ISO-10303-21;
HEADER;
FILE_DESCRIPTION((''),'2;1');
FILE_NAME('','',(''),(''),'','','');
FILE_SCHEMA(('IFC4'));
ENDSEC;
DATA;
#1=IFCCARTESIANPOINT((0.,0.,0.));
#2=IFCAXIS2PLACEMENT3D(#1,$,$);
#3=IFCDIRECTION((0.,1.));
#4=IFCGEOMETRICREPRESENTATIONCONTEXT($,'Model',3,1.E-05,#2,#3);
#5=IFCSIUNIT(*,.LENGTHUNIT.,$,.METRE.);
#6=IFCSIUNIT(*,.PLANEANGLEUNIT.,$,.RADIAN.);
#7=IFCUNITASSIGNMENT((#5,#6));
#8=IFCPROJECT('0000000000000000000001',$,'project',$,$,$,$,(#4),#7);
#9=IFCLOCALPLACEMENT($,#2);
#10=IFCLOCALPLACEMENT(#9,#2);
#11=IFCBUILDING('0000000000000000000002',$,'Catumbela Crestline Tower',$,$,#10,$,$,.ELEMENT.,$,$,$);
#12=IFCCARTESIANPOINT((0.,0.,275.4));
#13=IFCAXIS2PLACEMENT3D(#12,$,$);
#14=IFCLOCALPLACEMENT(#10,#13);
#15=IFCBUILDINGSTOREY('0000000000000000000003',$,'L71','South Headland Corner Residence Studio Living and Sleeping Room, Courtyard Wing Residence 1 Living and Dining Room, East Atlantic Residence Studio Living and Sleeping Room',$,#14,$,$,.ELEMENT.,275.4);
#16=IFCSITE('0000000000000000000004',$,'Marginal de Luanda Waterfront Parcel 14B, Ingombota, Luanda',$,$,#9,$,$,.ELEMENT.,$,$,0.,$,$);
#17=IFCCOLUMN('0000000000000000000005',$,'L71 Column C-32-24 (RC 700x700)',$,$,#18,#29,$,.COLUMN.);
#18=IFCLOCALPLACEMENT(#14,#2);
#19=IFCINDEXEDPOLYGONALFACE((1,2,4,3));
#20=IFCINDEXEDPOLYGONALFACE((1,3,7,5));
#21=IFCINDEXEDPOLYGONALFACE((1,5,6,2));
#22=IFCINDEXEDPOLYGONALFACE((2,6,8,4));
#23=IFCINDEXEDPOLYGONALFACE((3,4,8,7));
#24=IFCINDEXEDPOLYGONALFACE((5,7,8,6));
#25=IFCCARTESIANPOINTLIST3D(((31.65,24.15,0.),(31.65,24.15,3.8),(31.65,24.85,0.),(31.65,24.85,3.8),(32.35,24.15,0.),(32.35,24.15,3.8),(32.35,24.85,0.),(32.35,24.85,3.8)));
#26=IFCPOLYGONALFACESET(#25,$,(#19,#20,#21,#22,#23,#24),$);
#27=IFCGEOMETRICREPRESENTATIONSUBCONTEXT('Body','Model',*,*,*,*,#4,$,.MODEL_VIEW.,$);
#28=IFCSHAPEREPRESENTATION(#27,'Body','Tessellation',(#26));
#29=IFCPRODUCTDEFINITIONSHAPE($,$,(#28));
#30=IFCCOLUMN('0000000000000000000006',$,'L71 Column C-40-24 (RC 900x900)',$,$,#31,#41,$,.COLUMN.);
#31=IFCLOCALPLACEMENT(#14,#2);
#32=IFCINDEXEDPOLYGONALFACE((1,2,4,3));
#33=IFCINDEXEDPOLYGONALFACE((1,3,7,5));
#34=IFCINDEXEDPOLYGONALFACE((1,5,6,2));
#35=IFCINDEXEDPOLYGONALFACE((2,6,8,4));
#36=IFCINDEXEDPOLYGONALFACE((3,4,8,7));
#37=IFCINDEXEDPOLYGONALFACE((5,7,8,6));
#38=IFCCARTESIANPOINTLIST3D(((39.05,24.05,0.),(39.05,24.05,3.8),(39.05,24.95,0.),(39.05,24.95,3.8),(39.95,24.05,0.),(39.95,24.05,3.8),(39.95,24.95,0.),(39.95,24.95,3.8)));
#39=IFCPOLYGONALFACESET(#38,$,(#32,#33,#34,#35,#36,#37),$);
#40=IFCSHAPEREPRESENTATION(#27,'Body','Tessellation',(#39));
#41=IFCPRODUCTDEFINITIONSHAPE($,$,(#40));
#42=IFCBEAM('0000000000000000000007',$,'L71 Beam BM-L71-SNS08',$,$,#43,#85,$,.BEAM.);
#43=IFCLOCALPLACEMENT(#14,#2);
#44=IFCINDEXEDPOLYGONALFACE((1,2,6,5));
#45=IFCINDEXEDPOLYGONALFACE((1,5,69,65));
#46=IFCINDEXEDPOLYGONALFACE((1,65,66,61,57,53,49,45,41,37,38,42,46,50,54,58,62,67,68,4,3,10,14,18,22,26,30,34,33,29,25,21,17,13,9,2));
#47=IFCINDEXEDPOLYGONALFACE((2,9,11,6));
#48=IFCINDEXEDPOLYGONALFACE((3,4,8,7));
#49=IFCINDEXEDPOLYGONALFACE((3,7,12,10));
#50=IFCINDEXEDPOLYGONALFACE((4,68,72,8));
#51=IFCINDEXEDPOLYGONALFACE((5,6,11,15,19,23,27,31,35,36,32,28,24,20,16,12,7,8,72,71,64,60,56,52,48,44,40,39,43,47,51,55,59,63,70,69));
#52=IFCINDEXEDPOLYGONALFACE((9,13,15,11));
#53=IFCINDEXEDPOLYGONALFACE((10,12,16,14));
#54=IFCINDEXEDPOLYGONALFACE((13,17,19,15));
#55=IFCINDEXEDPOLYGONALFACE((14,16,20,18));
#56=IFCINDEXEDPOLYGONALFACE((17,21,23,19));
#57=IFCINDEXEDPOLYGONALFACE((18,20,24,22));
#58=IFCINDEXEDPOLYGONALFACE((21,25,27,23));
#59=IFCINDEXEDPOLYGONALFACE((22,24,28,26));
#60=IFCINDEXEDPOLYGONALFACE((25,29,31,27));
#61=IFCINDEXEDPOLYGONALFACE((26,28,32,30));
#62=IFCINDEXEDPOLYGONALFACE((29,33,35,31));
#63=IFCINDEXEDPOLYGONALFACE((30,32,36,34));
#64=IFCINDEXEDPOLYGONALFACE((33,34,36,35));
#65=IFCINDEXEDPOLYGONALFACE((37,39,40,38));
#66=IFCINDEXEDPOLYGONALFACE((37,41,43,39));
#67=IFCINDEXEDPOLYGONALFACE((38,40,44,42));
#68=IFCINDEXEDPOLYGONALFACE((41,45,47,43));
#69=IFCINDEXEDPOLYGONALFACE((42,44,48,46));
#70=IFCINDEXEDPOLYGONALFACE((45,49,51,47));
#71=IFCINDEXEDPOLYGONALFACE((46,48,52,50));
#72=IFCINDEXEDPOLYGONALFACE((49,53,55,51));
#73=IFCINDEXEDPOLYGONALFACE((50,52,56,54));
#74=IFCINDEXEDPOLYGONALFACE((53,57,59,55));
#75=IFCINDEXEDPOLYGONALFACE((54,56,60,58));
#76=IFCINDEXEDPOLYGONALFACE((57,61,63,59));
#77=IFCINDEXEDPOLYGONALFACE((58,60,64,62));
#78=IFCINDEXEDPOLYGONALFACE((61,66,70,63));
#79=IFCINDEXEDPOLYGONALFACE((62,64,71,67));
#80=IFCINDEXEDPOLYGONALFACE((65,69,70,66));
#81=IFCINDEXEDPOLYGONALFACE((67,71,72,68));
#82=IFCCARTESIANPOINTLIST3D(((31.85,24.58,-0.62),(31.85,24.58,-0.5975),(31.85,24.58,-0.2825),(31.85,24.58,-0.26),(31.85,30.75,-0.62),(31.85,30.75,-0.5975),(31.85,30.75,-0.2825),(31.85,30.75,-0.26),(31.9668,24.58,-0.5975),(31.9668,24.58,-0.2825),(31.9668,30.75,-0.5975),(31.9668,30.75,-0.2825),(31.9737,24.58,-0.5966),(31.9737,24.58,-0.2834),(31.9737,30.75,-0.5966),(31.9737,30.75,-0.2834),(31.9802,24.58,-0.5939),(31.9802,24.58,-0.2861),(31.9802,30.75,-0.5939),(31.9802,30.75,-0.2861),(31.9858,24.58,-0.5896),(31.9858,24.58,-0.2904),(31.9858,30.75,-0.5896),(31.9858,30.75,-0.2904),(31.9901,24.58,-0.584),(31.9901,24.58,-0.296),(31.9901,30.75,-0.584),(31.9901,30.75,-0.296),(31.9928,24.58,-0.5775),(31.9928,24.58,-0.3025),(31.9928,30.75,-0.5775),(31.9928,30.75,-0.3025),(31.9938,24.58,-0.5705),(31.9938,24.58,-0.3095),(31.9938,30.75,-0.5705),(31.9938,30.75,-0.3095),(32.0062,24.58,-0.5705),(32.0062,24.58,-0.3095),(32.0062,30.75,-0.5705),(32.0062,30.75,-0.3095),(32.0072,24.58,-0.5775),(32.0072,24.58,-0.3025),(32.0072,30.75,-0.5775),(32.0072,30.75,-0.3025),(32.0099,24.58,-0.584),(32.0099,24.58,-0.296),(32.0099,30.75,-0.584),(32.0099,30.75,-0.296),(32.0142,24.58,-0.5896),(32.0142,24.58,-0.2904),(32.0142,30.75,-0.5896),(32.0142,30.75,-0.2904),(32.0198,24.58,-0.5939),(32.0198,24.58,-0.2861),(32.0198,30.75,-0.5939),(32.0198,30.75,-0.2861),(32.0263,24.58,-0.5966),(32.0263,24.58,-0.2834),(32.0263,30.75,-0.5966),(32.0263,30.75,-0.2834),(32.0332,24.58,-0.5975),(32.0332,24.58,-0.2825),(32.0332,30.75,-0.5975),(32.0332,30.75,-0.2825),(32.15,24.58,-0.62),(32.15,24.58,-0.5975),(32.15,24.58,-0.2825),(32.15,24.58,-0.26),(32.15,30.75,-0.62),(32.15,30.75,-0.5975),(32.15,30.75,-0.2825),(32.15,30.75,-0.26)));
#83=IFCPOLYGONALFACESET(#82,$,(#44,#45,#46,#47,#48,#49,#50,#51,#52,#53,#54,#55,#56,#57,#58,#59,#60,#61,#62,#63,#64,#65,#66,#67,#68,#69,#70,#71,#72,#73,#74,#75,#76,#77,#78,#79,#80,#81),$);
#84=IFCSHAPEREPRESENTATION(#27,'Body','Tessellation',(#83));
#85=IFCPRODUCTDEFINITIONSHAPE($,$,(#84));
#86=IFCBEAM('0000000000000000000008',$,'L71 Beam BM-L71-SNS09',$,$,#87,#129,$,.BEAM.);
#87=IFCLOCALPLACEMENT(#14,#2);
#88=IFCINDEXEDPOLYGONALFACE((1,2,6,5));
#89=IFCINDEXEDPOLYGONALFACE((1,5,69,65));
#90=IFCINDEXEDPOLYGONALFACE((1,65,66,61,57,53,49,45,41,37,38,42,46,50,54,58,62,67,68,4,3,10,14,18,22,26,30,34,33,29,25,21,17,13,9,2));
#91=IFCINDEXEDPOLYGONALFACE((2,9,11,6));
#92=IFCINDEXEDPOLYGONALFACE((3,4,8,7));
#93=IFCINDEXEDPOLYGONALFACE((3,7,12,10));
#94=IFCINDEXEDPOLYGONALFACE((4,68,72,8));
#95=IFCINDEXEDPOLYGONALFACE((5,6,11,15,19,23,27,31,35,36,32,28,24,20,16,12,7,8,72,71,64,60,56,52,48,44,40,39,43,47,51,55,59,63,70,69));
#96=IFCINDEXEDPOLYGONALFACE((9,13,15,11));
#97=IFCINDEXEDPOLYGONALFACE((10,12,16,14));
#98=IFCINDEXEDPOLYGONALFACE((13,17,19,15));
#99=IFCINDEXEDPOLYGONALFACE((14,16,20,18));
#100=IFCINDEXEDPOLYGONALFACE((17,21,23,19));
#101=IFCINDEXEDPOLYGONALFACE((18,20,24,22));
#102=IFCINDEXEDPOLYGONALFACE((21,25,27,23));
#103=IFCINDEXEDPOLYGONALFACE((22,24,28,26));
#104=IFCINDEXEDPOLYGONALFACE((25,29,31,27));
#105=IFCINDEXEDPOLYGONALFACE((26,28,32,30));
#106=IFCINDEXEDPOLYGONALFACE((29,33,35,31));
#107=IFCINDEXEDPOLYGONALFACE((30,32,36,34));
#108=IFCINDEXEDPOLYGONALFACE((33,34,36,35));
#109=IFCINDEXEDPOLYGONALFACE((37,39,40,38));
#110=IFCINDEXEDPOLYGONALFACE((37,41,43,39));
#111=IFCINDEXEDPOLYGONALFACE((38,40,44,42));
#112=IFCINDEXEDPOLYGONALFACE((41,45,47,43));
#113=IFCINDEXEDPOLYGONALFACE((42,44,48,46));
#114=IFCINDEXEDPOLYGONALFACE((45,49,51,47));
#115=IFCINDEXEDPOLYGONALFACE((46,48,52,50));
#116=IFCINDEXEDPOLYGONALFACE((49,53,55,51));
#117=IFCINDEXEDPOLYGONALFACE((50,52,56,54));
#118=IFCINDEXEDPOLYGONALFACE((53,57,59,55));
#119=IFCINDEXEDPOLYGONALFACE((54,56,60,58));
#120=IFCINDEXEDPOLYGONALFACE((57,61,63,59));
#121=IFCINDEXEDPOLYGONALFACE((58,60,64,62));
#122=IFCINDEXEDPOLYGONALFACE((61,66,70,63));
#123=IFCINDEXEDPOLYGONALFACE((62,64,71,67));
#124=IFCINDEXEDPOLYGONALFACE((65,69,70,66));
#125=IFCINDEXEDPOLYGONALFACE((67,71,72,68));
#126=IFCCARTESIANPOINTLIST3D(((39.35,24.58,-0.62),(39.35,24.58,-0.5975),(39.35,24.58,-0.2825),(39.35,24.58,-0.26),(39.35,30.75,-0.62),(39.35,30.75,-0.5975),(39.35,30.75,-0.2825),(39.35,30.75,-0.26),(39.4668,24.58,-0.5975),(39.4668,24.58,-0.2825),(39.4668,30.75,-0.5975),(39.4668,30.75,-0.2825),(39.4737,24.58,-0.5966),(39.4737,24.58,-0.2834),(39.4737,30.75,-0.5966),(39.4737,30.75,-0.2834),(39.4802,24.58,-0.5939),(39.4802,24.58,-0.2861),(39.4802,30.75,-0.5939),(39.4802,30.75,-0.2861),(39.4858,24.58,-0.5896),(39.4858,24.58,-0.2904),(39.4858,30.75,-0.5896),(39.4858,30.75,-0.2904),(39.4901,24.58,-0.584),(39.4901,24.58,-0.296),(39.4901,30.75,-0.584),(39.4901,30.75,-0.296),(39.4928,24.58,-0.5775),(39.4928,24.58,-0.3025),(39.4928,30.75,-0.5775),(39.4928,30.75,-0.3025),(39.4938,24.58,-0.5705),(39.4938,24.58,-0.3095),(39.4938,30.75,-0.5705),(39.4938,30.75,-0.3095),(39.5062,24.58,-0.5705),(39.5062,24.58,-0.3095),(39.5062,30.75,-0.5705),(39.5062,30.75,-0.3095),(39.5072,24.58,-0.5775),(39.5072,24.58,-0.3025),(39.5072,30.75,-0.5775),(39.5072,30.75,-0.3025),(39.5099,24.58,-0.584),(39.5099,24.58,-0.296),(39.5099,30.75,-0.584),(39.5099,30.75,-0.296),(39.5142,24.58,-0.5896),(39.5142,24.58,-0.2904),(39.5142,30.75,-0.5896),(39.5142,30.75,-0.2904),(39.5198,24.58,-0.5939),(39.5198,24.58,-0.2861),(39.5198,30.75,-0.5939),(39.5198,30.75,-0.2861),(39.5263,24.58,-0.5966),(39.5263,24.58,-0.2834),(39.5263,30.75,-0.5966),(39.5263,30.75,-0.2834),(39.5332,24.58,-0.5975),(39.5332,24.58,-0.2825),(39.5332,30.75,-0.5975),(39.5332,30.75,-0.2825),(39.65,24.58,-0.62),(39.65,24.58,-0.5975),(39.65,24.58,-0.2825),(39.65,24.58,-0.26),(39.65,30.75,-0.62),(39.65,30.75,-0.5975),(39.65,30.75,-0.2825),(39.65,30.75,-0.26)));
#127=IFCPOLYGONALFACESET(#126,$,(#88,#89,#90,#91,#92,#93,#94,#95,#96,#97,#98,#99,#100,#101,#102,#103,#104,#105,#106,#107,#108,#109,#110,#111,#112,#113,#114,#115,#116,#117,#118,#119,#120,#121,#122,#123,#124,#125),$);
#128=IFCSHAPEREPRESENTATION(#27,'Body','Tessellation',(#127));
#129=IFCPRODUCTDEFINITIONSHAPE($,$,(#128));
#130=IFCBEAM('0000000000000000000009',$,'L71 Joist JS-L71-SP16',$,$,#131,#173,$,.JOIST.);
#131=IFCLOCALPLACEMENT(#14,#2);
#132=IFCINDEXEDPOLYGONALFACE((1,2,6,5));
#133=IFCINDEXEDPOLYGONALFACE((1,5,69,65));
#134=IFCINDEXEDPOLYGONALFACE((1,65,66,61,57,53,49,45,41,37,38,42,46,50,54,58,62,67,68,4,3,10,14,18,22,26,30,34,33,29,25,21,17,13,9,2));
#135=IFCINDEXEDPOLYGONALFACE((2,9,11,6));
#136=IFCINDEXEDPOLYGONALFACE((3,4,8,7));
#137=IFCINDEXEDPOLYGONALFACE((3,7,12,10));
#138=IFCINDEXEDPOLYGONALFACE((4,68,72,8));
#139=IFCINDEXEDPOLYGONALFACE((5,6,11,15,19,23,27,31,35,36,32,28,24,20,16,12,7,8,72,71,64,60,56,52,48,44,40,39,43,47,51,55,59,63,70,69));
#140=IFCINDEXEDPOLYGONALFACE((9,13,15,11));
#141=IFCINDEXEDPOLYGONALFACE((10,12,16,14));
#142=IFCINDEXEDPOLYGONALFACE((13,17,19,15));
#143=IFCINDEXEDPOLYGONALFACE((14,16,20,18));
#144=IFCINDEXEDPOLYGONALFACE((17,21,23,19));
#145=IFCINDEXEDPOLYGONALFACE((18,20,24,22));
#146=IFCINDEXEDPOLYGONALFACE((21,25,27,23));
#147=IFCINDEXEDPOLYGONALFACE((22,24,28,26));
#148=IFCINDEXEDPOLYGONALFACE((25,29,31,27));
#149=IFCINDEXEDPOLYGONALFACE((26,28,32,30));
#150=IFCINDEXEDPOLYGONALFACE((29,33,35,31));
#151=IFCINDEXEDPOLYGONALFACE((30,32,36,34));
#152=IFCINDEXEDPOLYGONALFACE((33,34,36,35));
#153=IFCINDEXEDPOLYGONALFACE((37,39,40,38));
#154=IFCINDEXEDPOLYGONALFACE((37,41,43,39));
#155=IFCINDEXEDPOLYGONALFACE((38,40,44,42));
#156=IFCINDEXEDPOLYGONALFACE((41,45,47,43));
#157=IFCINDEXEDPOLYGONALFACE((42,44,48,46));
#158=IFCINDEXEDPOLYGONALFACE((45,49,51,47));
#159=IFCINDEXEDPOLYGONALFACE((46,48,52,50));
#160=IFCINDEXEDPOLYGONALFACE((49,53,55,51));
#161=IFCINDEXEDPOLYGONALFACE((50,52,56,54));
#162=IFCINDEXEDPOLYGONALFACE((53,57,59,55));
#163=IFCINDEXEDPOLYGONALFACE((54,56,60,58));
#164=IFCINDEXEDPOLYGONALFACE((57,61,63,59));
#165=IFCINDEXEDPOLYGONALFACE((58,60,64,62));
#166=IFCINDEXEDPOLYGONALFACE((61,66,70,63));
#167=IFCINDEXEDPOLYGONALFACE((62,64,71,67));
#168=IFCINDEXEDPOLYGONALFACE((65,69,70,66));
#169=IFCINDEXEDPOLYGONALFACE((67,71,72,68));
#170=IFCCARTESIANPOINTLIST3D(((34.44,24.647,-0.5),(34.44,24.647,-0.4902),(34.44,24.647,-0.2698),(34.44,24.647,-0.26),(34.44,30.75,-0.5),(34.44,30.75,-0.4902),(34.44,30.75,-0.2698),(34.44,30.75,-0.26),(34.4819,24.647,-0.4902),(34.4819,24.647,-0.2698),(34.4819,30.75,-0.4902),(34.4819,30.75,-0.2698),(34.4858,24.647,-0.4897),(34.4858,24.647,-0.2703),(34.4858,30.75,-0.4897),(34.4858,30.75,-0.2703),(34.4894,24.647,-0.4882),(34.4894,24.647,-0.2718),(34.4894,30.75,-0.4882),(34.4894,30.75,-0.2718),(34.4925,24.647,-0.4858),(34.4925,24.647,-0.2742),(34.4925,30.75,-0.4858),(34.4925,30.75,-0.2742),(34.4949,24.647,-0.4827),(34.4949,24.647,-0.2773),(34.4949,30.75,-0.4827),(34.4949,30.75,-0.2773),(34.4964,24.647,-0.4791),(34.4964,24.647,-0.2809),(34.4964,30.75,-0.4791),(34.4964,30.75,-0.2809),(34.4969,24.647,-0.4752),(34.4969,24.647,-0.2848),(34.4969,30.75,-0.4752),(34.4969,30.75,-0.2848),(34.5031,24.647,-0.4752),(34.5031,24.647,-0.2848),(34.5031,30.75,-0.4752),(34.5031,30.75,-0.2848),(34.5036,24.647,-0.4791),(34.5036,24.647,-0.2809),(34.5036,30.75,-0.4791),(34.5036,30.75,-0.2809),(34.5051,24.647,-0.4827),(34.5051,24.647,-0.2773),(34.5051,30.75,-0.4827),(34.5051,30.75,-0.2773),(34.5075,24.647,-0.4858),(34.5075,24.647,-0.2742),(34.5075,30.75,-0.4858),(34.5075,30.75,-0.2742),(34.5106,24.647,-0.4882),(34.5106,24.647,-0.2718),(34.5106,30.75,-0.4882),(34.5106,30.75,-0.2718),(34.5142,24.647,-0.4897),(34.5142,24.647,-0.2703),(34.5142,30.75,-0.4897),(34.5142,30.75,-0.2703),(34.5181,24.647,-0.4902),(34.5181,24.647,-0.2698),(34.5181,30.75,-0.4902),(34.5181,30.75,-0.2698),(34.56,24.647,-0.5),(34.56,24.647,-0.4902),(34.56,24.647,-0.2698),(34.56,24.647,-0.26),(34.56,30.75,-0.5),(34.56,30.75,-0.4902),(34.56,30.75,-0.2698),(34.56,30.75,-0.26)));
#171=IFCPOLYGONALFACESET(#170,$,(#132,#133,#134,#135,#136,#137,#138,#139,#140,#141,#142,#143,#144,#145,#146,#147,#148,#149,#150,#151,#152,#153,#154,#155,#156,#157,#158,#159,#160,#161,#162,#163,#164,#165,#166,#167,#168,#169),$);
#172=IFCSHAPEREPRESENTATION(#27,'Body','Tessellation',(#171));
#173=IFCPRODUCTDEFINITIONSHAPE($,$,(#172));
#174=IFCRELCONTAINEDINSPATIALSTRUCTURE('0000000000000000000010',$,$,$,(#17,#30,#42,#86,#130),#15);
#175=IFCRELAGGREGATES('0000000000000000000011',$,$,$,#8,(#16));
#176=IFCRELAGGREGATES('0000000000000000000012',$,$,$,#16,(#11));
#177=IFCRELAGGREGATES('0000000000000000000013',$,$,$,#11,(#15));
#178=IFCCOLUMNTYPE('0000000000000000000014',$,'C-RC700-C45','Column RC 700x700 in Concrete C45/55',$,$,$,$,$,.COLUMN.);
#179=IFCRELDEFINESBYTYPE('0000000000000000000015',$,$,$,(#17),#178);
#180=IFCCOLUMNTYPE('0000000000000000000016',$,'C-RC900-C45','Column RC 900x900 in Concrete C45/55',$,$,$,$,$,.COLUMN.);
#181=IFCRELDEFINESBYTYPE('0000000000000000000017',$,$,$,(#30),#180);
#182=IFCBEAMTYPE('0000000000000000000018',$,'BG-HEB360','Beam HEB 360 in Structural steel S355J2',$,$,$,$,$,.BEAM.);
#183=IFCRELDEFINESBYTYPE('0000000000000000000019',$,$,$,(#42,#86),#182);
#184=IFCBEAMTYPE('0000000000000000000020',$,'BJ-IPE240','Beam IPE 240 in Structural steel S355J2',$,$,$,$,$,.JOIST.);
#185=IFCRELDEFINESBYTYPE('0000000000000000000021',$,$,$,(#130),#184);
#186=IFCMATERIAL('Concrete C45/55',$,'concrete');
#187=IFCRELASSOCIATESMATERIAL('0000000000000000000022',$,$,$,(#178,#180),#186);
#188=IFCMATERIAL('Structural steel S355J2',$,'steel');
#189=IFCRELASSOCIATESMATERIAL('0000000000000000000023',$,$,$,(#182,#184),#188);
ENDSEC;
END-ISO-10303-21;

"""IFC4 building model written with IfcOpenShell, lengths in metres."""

from ifc_helpers import new_model, si_unit, direction, frame, origin, origin_2d, place, context, subcontext, project, spatial, rectangle, i_section, extrude, material, material_profile, profile_set, type_object, element, save


model = new_model("IFC4")

# Units and contexts
model_context = context("Model", 3, precision=1e-05, world=origin(), true_north=direction((0.0, 1.0)))
body_context = subcontext(model_context, "Body", "Model", "MODEL_VIEW")
ifc_project = project(units=[si_unit("LENGTHUNIT", "METRE"), si_unit("PLANEANGLEUNIT", "RADIAN")], contexts=[model_context])

# Site, building, storey
site_placement = place(None, origin())
site = spatial("IfcSite", under=ifc_project, at=site_placement, Name="Marginal de Luanda Waterfront Parcel 14B, Ingombota, Luanda", CompositionType="ELEMENT", RefElevation=0.0)
building_placement = place(site_placement, origin())
building = spatial("IfcBuilding", under=site, at=building_placement, Name="Catumbela Crestline Tower", CompositionType="ELEMENT")
storey_placement = place(building_placement, frame((0.0, 0.0, 275.4)))
storey = spatial("IfcBuildingStorey", under=building, at=storey_placement, Name="L71", Description="South Headland Corner Residence Studio Living and Sleeping Room, Courtyard Wing Residence 1 Living and Dining Room, East Atlantic Residence Studio Living and Sleeping Room", CompositionType="ELEMENT", Elevation=275.4)

# Columns
ifc_material_1 = material(Name="Concrete C45/55", Category="concrete")
ifc_material_profile_1 = material_profile(ifc_material_1, rectangle(XDim=0.7, YDim=0.7, at=origin_2d()), Name="RC 700x700")
ifc_profile_set_1 = profile_set([ifc_material_profile_1], Name="Concrete C45/55")
column_type_1 = type_object("IfcColumnType", Name="C-RC700-C45", Description="Column RC 700x700 in Concrete C45/55", PredefinedType="COLUMN", material=ifc_profile_set_1)
column_1_placement = place(storey_placement, frame((32.0, 24.5, 0.0), z_axis=(0.0, 0.0, 1.0), x_axis=(1.0, 0.0, 0.0)))
element("IfcColumn", 1, at=column_1_placement, inside=storey, type_object=column_type_1, Name="L71 Column C-32-24 (RC 700x700)", PredefinedType="COLUMN", context=body_context, shape_type="SweptSolid", body=[
    extrude(rectangle(XDim=0.7, YDim=0.7, at=origin_2d()), origin(), (0.0, 0.0, 1.0), 3.8),
])
ifc_material_profile_2 = material_profile(ifc_material_1, rectangle(XDim=0.9, YDim=0.9, at=origin_2d()), Name="RC 900x900")
ifc_profile_set_2 = profile_set([ifc_material_profile_2], Name="Concrete C45/55")
column_type_2 = type_object("IfcColumnType", Name="C-RC900-C45", Description="Column RC 900x900 in Concrete C45/55", PredefinedType="COLUMN", material=ifc_profile_set_2)
column_2_placement = place(storey_placement, frame((39.5, 24.5, 0.0), z_axis=(0.0, 0.0, 1.0), x_axis=(1.0, 0.0, 0.0)))
element("IfcColumn", 2, at=column_2_placement, inside=storey, type_object=column_type_2, Name="L71 Column C-40-24 (RC 900x900)", PredefinedType="COLUMN", context=body_context, shape_type="SweptSolid", body=[
    extrude(rectangle(XDim=0.9, YDim=0.9, at=origin_2d()), origin(), (0.0, 0.0, 1.0), 3.8),
])

# Beams
ifc_material_2 = material(Name="Structural steel S355J2", Category="steel")
ifc_material_profile_3 = material_profile(ifc_material_2, i_section(OverallWidth=0.3, OverallDepth=0.36, WebThickness=0.0125, FlangeThickness=0.0225, FilletRadius=0.027, at=origin_2d()), Name="HEB 360")
ifc_profile_set_3 = profile_set([ifc_material_profile_3], Name="Structural steel S355J2")
beam_type_1 = type_object("IfcBeamType", Name="BG-HEB360", Description="Beam HEB 360 in Structural steel S355J2", PredefinedType="BEAM", material=ifc_profile_set_3)
for number, where, z_axis, x_axis, name in (
    (3, (32.0, 24.58, -0.44), (0.0, 1.0, 0.0), (-1.0, 0.0, 0.0), "L71 Beam BM-L71-SNS08"),
    (4, (39.5, 24.58, -0.44), (0.0, 1.0, 0.0), (-1.0, 0.0, 0.0), "L71 Beam BM-L71-SNS09"),
):
    element("IfcBeam", number, at=place(storey_placement, frame(where, z_axis=z_axis, x_axis=x_axis)), inside=storey, type_object=beam_type_1, Name=name, PredefinedType="BEAM", context=body_context, shape_type="SweptSolid", body=[
        extrude(i_section(OverallWidth=0.3, OverallDepth=0.36, WebThickness=0.0125, FlangeThickness=0.0225, FilletRadius=0.027, at=origin_2d()), origin(), (0.0, 0.0, 1.0), 6.17),
    ])
ifc_material_profile_4 = material_profile(ifc_material_2, i_section(OverallWidth=0.12, OverallDepth=0.24, WebThickness=0.0062, FlangeThickness=0.0098, FilletRadius=0.015, at=origin_2d()), Name="IPE 240")
ifc_profile_set_4 = profile_set([ifc_material_profile_4], Name="Structural steel S355J2")
beam_type_2 = type_object("IfcBeamType", Name="BJ-IPE240", Description="Beam IPE 240 in Structural steel S355J2", PredefinedType="JOIST", material=ifc_profile_set_4)
for number, where, z_axis, x_axis, name in (
    (5, (34.5, 24.647, -0.38), (0.0, 1.0, 0.0), (-1.0, 0.0, 0.0), "L71 Joist JS-L71-SP16"),
):
    element("IfcBeam", number, at=place(storey_placement, frame(where, z_axis=z_axis, x_axis=x_axis)), inside=storey, type_object=beam_type_2, Name=name, PredefinedType="JOIST", context=body_context, shape_type="SweptSolid", body=[
        extrude(i_section(OverallWidth=0.12, OverallDepth=0.24, WebThickness=0.0062, FlangeThickness=0.0098, FilletRadius=0.015, at=origin_2d()), origin(), (0.0, 0.0, 1.0), 6.103),
    ])

save(model, "model.ifc")
